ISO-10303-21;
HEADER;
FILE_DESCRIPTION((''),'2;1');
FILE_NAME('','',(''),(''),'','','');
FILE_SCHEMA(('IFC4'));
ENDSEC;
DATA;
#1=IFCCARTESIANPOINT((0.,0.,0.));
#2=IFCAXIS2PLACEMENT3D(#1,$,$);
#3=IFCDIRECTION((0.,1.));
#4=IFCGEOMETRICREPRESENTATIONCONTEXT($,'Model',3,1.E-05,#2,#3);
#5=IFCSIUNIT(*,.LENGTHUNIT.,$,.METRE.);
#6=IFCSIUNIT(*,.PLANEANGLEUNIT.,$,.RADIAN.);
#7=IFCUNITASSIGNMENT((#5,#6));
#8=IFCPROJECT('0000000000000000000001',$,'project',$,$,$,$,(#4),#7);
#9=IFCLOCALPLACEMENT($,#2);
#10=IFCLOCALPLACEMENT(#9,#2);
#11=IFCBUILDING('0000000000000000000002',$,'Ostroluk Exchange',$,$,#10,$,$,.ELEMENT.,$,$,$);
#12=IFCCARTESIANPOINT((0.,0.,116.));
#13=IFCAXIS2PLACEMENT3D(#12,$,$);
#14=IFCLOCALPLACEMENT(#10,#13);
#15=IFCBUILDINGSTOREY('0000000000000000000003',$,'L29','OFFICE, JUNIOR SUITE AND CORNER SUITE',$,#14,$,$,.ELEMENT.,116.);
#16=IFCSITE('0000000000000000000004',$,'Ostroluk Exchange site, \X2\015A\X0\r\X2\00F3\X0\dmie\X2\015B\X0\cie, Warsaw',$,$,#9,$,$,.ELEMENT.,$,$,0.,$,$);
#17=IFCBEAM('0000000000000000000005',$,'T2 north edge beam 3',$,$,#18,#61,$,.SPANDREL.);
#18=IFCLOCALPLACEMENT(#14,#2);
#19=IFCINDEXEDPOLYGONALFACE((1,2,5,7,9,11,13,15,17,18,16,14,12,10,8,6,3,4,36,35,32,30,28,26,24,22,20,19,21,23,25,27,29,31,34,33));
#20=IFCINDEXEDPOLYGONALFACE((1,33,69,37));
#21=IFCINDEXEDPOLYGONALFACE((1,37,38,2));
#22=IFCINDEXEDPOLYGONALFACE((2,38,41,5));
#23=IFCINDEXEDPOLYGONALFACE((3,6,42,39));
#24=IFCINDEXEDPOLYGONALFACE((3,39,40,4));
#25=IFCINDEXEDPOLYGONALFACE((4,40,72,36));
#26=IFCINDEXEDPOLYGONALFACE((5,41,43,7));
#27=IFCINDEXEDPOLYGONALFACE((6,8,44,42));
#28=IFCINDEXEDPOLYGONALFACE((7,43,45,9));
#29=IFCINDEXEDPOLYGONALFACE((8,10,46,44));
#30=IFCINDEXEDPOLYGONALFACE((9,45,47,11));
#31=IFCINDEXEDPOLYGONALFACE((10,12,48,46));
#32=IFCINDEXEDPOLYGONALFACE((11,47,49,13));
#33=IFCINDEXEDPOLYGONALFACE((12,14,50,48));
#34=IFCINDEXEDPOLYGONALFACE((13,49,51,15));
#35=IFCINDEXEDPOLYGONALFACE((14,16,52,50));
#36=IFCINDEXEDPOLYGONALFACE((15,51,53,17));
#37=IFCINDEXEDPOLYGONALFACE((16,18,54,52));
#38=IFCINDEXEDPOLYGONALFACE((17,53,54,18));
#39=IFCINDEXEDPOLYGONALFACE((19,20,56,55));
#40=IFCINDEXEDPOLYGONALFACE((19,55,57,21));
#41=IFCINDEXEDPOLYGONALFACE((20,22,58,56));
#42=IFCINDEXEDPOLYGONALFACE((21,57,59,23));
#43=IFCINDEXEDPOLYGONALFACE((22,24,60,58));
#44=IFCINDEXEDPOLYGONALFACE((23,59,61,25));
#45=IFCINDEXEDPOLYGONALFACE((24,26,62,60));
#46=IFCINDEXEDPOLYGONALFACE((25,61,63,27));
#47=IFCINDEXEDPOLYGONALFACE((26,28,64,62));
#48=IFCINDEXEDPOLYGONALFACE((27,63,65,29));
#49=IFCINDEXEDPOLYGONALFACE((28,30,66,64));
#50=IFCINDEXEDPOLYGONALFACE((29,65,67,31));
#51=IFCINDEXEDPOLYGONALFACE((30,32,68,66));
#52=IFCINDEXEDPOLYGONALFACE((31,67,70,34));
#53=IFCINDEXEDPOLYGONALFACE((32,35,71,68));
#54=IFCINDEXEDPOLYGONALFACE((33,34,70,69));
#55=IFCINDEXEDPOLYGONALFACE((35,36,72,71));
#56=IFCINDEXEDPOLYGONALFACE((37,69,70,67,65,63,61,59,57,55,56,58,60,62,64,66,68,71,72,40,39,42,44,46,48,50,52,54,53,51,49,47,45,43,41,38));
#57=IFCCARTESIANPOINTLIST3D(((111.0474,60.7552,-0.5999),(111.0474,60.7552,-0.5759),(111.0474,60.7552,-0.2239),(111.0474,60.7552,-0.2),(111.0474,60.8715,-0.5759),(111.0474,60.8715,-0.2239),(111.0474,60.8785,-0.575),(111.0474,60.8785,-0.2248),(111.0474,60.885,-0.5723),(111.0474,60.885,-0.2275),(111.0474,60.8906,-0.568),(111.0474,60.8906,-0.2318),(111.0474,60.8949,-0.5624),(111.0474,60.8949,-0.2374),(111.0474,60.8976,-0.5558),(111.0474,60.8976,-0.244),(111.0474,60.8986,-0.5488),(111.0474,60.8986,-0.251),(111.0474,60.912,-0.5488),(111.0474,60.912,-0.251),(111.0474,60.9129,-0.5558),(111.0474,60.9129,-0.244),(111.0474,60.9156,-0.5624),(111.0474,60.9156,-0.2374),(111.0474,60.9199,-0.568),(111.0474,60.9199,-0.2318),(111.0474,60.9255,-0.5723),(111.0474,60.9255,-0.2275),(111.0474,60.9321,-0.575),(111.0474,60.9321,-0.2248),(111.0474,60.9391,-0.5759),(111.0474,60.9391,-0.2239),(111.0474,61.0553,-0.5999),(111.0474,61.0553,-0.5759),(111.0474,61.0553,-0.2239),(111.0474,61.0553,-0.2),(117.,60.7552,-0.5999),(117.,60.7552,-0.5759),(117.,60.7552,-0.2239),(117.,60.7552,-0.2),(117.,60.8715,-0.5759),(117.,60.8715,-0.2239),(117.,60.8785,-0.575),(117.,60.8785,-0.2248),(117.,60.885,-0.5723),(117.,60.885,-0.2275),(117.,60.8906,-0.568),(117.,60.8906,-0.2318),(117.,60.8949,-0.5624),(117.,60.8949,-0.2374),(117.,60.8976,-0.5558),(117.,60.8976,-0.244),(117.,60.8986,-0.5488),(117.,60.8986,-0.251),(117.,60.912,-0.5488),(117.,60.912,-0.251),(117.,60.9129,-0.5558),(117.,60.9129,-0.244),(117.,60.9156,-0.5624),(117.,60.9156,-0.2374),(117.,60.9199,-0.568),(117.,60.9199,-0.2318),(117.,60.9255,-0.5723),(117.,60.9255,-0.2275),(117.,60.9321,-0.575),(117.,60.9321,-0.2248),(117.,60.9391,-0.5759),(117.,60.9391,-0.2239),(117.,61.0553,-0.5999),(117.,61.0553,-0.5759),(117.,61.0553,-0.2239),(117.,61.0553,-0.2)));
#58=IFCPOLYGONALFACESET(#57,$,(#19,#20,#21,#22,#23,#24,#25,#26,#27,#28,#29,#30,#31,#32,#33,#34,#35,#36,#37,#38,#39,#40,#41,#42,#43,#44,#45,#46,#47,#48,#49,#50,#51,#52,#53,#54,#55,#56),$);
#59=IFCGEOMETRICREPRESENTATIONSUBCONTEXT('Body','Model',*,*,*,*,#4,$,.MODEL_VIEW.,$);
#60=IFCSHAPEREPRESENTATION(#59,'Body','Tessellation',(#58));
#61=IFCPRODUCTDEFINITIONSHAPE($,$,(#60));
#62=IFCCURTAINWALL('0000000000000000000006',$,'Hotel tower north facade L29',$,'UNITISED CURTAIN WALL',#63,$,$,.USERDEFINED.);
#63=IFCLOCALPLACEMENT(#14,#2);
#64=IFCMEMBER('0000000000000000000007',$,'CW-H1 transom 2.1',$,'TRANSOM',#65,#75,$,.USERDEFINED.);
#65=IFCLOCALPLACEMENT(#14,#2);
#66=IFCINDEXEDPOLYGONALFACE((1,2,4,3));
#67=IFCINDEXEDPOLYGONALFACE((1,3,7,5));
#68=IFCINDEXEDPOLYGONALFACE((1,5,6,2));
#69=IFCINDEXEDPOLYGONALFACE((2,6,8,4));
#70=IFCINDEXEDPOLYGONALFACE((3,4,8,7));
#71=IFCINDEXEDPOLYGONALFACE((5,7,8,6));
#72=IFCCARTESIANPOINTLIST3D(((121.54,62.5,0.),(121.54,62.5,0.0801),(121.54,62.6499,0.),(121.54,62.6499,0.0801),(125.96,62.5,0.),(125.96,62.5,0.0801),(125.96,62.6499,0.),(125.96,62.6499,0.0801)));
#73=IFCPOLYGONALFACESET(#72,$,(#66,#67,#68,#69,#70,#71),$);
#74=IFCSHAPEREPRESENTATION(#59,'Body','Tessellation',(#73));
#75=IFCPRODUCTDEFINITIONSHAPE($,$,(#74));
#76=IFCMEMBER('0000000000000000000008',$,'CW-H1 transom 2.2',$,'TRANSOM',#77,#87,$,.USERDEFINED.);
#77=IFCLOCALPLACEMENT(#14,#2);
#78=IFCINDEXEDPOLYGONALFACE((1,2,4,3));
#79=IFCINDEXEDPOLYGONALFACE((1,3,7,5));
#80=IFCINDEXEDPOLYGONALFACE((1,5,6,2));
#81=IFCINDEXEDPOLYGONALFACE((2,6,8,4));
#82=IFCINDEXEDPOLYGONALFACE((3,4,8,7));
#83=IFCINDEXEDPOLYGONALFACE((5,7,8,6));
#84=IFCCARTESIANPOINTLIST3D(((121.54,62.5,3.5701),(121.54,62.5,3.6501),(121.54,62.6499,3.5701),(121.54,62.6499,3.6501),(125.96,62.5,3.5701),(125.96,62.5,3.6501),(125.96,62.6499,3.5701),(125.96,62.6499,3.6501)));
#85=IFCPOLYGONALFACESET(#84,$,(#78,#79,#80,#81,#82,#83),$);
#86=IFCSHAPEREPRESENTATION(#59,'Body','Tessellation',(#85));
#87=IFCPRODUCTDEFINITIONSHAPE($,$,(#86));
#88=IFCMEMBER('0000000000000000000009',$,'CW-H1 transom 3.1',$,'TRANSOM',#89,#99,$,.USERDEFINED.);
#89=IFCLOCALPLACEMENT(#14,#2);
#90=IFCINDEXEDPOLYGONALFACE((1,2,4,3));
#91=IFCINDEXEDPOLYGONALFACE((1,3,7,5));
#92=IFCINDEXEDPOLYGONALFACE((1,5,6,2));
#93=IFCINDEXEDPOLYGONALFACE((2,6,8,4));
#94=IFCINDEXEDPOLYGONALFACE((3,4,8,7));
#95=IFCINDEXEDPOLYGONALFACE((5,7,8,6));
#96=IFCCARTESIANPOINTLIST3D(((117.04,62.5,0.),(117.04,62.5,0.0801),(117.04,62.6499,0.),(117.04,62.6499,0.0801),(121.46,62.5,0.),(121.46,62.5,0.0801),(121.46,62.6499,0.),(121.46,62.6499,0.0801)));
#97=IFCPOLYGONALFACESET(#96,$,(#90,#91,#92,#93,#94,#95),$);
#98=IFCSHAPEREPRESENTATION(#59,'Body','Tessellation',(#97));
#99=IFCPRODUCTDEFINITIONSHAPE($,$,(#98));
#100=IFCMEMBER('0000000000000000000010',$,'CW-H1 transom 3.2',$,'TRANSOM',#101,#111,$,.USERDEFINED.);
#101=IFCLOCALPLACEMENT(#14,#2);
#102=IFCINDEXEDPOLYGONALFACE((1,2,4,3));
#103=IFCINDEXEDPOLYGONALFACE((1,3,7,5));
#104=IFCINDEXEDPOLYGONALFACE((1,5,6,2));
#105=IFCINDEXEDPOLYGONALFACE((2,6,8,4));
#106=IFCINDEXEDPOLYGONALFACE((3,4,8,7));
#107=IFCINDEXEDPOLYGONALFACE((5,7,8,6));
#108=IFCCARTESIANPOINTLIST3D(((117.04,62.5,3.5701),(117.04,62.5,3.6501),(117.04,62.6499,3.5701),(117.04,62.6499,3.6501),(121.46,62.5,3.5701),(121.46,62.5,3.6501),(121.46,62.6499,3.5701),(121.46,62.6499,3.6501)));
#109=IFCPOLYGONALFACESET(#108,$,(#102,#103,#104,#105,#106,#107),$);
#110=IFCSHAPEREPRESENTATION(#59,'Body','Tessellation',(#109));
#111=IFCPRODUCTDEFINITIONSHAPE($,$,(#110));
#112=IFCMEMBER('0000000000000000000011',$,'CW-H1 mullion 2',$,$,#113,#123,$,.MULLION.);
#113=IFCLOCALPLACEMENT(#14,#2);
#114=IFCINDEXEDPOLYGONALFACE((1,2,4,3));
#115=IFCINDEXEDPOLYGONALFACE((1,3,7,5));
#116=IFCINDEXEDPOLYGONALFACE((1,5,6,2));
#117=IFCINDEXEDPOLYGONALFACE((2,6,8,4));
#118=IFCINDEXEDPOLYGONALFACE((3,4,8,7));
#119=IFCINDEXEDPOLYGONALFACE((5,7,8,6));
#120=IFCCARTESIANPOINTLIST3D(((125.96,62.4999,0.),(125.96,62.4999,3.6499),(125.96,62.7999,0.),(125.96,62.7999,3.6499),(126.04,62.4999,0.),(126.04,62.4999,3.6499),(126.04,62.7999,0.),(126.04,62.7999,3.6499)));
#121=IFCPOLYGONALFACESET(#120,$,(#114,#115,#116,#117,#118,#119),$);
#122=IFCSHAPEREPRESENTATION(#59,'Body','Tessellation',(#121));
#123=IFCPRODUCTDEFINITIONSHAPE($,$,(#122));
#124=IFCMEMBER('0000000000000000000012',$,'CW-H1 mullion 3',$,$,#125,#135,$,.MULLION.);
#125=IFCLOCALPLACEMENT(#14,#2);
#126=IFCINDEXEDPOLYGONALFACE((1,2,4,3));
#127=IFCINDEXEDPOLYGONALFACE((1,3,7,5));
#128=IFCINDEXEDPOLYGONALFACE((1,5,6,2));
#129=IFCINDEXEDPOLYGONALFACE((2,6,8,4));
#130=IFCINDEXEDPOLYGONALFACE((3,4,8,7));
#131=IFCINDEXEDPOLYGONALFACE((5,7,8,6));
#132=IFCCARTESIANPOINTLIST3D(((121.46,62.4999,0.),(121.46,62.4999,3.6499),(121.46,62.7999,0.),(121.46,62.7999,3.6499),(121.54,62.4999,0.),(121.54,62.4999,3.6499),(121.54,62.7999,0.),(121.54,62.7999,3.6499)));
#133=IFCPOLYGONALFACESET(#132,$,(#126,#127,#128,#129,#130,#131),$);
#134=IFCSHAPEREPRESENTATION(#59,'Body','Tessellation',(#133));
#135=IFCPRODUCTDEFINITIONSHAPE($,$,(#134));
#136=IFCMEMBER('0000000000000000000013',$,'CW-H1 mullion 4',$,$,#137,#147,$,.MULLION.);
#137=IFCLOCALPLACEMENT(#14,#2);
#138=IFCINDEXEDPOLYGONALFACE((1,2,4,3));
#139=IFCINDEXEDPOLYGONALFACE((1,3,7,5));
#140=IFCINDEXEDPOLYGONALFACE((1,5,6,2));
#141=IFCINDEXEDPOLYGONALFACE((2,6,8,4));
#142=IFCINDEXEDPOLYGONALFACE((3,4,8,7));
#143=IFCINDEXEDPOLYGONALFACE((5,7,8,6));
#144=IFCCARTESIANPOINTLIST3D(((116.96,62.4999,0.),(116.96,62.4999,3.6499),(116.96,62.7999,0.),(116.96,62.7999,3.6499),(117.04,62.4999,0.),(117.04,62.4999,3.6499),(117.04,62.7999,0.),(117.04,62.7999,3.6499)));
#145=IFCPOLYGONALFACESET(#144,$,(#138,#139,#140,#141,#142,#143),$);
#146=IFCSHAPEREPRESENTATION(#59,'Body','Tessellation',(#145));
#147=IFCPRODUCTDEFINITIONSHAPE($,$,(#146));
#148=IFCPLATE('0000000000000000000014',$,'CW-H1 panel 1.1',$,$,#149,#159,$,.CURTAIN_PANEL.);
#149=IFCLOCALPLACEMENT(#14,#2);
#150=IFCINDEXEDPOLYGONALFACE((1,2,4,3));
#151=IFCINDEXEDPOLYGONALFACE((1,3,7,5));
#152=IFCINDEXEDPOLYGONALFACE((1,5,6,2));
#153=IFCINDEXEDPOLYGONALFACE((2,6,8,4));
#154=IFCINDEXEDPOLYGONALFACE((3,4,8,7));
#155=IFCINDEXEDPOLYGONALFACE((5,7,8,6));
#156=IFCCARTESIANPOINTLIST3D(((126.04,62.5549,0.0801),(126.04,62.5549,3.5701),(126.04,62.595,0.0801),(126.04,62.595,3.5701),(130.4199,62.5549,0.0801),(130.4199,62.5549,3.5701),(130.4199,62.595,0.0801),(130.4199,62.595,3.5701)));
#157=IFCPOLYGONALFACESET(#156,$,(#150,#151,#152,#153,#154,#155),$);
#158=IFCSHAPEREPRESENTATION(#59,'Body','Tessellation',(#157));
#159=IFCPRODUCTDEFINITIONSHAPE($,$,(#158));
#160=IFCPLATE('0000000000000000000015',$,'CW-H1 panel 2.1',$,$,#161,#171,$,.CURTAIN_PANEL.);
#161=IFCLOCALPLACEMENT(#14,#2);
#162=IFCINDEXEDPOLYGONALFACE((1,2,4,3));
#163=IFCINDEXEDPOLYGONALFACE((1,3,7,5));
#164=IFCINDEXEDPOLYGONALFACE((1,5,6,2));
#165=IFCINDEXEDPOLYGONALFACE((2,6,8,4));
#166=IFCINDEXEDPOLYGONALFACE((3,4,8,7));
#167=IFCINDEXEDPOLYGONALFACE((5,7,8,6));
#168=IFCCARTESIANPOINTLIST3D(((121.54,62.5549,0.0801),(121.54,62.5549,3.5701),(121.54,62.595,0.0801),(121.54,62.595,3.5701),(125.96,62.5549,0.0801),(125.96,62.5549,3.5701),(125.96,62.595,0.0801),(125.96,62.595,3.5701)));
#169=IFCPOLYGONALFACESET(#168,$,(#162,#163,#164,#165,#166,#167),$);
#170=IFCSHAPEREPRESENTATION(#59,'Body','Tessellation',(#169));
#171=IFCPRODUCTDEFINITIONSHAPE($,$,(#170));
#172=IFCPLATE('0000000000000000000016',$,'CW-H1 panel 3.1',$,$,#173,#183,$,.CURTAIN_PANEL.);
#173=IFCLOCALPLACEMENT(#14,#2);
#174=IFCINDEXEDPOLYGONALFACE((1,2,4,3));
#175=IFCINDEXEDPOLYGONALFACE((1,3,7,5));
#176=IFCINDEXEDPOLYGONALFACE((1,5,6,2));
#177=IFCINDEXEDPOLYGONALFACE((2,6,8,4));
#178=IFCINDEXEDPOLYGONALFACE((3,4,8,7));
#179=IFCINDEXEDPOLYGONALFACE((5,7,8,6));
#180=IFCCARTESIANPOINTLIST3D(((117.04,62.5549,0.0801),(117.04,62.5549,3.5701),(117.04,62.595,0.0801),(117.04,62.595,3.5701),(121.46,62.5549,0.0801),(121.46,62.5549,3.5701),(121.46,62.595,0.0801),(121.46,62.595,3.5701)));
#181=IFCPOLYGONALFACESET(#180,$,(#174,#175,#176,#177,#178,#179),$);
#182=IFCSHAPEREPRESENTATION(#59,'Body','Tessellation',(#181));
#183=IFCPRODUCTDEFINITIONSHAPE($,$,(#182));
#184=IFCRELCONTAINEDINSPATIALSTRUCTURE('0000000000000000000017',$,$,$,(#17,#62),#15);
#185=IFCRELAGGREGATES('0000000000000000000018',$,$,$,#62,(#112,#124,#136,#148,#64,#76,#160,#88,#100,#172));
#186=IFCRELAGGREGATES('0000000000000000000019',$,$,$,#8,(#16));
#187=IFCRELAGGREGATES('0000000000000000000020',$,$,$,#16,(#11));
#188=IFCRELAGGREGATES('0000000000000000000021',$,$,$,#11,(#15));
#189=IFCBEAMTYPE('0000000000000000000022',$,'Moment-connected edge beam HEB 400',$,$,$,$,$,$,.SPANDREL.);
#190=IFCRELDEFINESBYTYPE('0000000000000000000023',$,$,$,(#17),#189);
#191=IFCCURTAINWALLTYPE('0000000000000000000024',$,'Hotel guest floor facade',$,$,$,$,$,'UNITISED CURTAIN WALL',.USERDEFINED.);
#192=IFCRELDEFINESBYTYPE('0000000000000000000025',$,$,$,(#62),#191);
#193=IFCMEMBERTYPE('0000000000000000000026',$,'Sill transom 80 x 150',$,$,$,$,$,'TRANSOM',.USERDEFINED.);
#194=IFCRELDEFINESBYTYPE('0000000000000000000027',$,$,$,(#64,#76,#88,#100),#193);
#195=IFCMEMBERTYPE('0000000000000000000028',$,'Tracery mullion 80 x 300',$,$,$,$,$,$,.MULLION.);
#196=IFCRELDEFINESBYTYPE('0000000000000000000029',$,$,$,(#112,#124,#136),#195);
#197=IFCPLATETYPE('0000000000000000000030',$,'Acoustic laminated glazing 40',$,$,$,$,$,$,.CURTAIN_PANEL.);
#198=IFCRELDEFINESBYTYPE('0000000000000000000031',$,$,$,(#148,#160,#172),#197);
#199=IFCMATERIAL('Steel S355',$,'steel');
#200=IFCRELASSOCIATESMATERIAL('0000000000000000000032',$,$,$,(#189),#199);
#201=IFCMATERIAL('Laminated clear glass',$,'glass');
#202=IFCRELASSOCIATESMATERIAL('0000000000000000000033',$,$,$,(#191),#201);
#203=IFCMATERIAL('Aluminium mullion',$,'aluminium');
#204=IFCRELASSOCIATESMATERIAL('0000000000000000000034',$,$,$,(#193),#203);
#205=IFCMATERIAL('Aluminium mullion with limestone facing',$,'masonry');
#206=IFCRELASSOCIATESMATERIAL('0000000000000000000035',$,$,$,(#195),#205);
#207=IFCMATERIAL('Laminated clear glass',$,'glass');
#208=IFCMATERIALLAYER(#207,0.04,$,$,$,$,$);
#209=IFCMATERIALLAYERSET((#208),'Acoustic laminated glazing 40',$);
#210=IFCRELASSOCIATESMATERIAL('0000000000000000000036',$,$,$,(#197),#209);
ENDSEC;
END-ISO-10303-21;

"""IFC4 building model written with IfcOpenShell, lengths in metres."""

from ifc_helpers import new_model, si_unit, direction, frame, origin, origin_2d, place, context, subcontext, project, spatial, rectangle, i_section, extrude, material, layer, layer_set, material_profile, profile_set, type_object, element, aggregate, save


model = new_model("IFC4")

# Units and contexts
model_context = context("Model", 3, precision=1e-05, world=origin(), true_north=direction((0.0, 1.0)))
body_context = subcontext(model_context, "Body", "Model", "MODEL_VIEW")
ifc_project = project(units=[si_unit("LENGTHUNIT", "METRE"), si_unit("PLANEANGLEUNIT", "RADIAN")], contexts=[model_context])

# Site, building, storey
site_placement = place(None, origin())
site = spatial("IfcSite", under=ifc_project, at=site_placement, Name="Ostroluk Exchange site, Śródmieście, Warsaw", CompositionType="ELEMENT", RefElevation=0.0)
building_placement = place(site_placement, origin())
building = spatial("IfcBuilding", under=site, at=building_placement, Name="Ostroluk Exchange", CompositionType="ELEMENT")
storey_placement = place(building_placement, frame((0.0, 0.0, 116.0)))
storey = spatial("IfcBuildingStorey", under=building, at=storey_placement, Name="L29", Description="OFFICE, JUNIOR SUITE AND CORNER SUITE", CompositionType="ELEMENT", Elevation=116.0)

# Beam
ifc_material_1 = material(Name="Steel S355", Category="steel")
ifc_material_profile_1 = material_profile(ifc_material_1, i_section(OverallWidth=0.3, OverallDepth=0.3999, WebThickness=0.0134, FlangeThickness=0.0239, FilletRadius=0.0271, at=origin_2d()), Name="HEB 400")
ifc_profile_set_1 = profile_set([ifc_material_profile_1], Name="Steel S355")
beam_type = type_object("IfcBeamType", Name="Moment-connected edge beam HEB 400", PredefinedType="SPANDREL", material=ifc_profile_set_1)
for number, where, z_axis, x_axis, name in (
    (1, (117.0, 60.9053, -0.3999), (-1.0, 0.0, 0.0), (0.0, -1.0, 0.0), "T2 north edge beam 3"),
):
    element("IfcBeam", number, at=place(storey_placement, frame(where, z_axis=z_axis, x_axis=x_axis)), inside=storey, type_object=beam_type, Name=name, PredefinedType="SPANDREL", context=body_context, shape_type="SweptSolid", body=[
        extrude(i_section(OverallWidth=0.3, OverallDepth=0.3999, WebThickness=0.0134, FlangeThickness=0.0239, FilletRadius=0.0271, at=origin_2d()), origin(), (0.0, 0.0, 1.0), 5.9526),
    ])

# Curtain wall, members, plates
ifc_material_2 = material(Name="Laminated clear glass", Category="glass")
curtain_wall_type = type_object("IfcCurtainWallType", Name="Hotel guest floor facade", ElementType="UNITISED CURTAIN WALL", PredefinedType="USERDEFINED", material=ifc_material_2)
curtain_wall_placement = place(storey_placement, origin())
curtain_wall = element("IfcCurtainWall", 2, at=curtain_wall_placement, inside=storey, type_object=curtain_wall_type, Name="Hotel tower north facade L29", ObjectType="UNITISED CURTAIN WALL", PredefinedType="USERDEFINED")
ifc_material_3 = material(Name="Aluminium mullion", Category="aluminium")
ifc_material_profile_2 = material_profile(ifc_material_3, rectangle(XDim=0.1499, YDim=0.0801, at=origin_2d()), Name="Sill transom 80 x 150")
ifc_profile_set_2 = profile_set([ifc_material_profile_2], Name="Aluminium mullion")
member_type_1 = type_object("IfcMemberType", Name="Sill transom 80 x 150", ElementType="TRANSOM", PredefinedType="USERDEFINED", material=ifc_profile_set_2)
member_1_placement = place(storey_placement, frame((125.96, 62.575, 0.04), z_axis=(-1.0, 0.0, 0.0), x_axis=(0.0, -1.0, 0.0)))
member_1 = element("IfcMember", 3, at=member_1_placement, type_object=member_type_1, Name="CW-H1 transom 2.1", ObjectType="TRANSOM", PredefinedType="USERDEFINED", context=body_context, shape_type="SweptSolid", body=[
    extrude(rectangle(XDim=0.1499, YDim=0.0801, at=origin_2d()), origin(), (0.0, 0.0, 1.0), 4.4199),
])
member_2_placement = place(storey_placement, frame((125.96, 62.575, 3.6101), z_axis=(-1.0, 0.0, 0.0), x_axis=(0.0, -1.0, 0.0)))
member_2 = element("IfcMember", 4, at=member_2_placement, type_object=member_type_1, Name="CW-H1 transom 2.2", ObjectType="TRANSOM", PredefinedType="USERDEFINED", context=body_context, shape_type="SweptSolid", body=[
    extrude(rectangle(XDim=0.1499, YDim=0.0801, at=origin_2d()), origin(), (0.0, 0.0, 1.0), 4.4199),
])
member_3_placement = place(storey_placement, frame((121.46, 62.575, 0.04), z_axis=(-1.0, 0.0, 0.0), x_axis=(0.0, -1.0, 0.0)))
member_3 = element("IfcMember", 5, at=member_3_placement, type_object=member_type_1, Name="CW-H1 transom 3.1", ObjectType="TRANSOM", PredefinedType="USERDEFINED", context=body_context, shape_type="SweptSolid", body=[
    extrude(rectangle(XDim=0.1499, YDim=0.0801, at=origin_2d()), origin(), (0.0, 0.0, 1.0), 4.4199),
])
member_4_placement = place(storey_placement, frame((121.46, 62.575, 3.6101), z_axis=(-1.0, 0.0, 0.0), x_axis=(0.0, -1.0, 0.0)))
member_4 = element("IfcMember", 6, at=member_4_placement, type_object=member_type_1, Name="CW-H1 transom 3.2", ObjectType="TRANSOM", PredefinedType="USERDEFINED", context=body_context, shape_type="SweptSolid", body=[
    extrude(rectangle(XDim=0.1499, YDim=0.0801, at=origin_2d()), origin(), (0.0, 0.0, 1.0), 4.4199),
])
ifc_material_4 = material(Name="Aluminium mullion with limestone facing", Category="masonry")
ifc_material_profile_3 = material_profile(ifc_material_4, rectangle(XDim=0.3, YDim=0.0801, at=origin_2d()), Name="Tracery mullion 80 x 300")
ifc_profile_set_3 = profile_set([ifc_material_profile_3], Name="Aluminium mullion with limestone facing")
member_type_2 = type_object("IfcMemberType", Name="Tracery mullion 80 x 300", PredefinedType="MULLION", material=ifc_profile_set_3)
member_5_placement = place(storey_placement, frame((126.0, 62.6499, 0.0), z_axis=(0.0, 0.0, 1.0), x_axis=(0.0, -1.0, 0.0)))
member_5 = element("IfcMember", 7, at=member_5_placement, type_object=member_type_2, Name="CW-H1 mullion 2", PredefinedType="MULLION", context=body_context, shape_type="SweptSolid", body=[
    extrude(rectangle(XDim=0.3, YDim=0.0801, at=origin_2d()), origin(), (0.0, 0.0, 1.0), 3.6499),
])
member_6_placement = place(storey_placement, frame((121.5, 62.6499, 0.0), z_axis=(0.0, 0.0, 1.0), x_axis=(0.0, -1.0, 0.0)))
member_6 = element("IfcMember", 8, at=member_6_placement, type_object=member_type_2, Name="CW-H1 mullion 3", PredefinedType="MULLION", context=body_context, shape_type="SweptSolid", body=[
    extrude(rectangle(XDim=0.3, YDim=0.0801, at=origin_2d()), origin(), (0.0, 0.0, 1.0), 3.6499),
])
member_7_placement = place(storey_placement, frame((117.0, 62.6499, 0.0), z_axis=(0.0, 0.0, 1.0), x_axis=(0.0, -1.0, 0.0)))
member_7 = element("IfcMember", 9, at=member_7_placement, type_object=member_type_2, Name="CW-H1 mullion 4", PredefinedType="MULLION", context=body_context, shape_type="SweptSolid", body=[
    extrude(rectangle(XDim=0.3, YDim=0.0801, at=origin_2d()), origin(), (0.0, 0.0, 1.0), 3.6499),
])
ifc_material_5 = material(Name="Laminated clear glass", Category="glass")
ifc_layer_1 = layer(ifc_material_5, 0.04)
ifc_layer_set_1 = layer_set([ifc_layer_1], Name="Acoustic laminated glazing 40")
plate_type = type_object("IfcPlateType", Name="Acoustic laminated glazing 40", PredefinedType="CURTAIN_PANEL", material=ifc_layer_set_1)
plate_1_placement = place(storey_placement, frame((128.23, 62.575, 0.0801), z_axis=(0.0, 0.0, 1.0), x_axis=(-1.0, 0.0, 0.0)))
plate_1 = element("IfcPlate", 10, at=plate_1_placement, type_object=plate_type, Name="CW-H1 panel 1.1", PredefinedType="CURTAIN_PANEL", context=body_context, shape_type="SweptSolid", body=[
    extrude(rectangle(XDim=4.3799, YDim=0.04, at=origin_2d()), origin(), (0.0, 0.0, 1.0), 3.49),
])
plate_2_placement = place(storey_placement, frame((123.75, 62.575, 0.0801), z_axis=(0.0, 0.0, 1.0), x_axis=(-1.0, 0.0, 0.0)))
plate_2 = element("IfcPlate", 11, at=plate_2_placement, type_object=plate_type, Name="CW-H1 panel 2.1", PredefinedType="CURTAIN_PANEL", context=body_context, shape_type="SweptSolid", body=[
    extrude(rectangle(XDim=4.4199, YDim=0.04, at=origin_2d()), origin(), (0.0, 0.0, 1.0), 3.49),
])
plate_3_placement = place(storey_placement, frame((119.25, 62.575, 0.0801), z_axis=(0.0, 0.0, 1.0), x_axis=(-1.0, 0.0, 0.0)))
plate_3 = element("IfcPlate", 12, at=plate_3_placement, type_object=plate_type, Name="CW-H1 panel 3.1", PredefinedType="CURTAIN_PANEL", context=body_context, shape_type="SweptSolid", body=[
    extrude(rectangle(XDim=4.4199, YDim=0.04, at=origin_2d()), origin(), (0.0, 0.0, 1.0), 3.49),
])
aggregate(curtain_wall, [member_5, member_6, member_7, plate_1, member_1, member_2, plate_2, member_3, member_4, plate_3])

save(model, "model.ifc")
